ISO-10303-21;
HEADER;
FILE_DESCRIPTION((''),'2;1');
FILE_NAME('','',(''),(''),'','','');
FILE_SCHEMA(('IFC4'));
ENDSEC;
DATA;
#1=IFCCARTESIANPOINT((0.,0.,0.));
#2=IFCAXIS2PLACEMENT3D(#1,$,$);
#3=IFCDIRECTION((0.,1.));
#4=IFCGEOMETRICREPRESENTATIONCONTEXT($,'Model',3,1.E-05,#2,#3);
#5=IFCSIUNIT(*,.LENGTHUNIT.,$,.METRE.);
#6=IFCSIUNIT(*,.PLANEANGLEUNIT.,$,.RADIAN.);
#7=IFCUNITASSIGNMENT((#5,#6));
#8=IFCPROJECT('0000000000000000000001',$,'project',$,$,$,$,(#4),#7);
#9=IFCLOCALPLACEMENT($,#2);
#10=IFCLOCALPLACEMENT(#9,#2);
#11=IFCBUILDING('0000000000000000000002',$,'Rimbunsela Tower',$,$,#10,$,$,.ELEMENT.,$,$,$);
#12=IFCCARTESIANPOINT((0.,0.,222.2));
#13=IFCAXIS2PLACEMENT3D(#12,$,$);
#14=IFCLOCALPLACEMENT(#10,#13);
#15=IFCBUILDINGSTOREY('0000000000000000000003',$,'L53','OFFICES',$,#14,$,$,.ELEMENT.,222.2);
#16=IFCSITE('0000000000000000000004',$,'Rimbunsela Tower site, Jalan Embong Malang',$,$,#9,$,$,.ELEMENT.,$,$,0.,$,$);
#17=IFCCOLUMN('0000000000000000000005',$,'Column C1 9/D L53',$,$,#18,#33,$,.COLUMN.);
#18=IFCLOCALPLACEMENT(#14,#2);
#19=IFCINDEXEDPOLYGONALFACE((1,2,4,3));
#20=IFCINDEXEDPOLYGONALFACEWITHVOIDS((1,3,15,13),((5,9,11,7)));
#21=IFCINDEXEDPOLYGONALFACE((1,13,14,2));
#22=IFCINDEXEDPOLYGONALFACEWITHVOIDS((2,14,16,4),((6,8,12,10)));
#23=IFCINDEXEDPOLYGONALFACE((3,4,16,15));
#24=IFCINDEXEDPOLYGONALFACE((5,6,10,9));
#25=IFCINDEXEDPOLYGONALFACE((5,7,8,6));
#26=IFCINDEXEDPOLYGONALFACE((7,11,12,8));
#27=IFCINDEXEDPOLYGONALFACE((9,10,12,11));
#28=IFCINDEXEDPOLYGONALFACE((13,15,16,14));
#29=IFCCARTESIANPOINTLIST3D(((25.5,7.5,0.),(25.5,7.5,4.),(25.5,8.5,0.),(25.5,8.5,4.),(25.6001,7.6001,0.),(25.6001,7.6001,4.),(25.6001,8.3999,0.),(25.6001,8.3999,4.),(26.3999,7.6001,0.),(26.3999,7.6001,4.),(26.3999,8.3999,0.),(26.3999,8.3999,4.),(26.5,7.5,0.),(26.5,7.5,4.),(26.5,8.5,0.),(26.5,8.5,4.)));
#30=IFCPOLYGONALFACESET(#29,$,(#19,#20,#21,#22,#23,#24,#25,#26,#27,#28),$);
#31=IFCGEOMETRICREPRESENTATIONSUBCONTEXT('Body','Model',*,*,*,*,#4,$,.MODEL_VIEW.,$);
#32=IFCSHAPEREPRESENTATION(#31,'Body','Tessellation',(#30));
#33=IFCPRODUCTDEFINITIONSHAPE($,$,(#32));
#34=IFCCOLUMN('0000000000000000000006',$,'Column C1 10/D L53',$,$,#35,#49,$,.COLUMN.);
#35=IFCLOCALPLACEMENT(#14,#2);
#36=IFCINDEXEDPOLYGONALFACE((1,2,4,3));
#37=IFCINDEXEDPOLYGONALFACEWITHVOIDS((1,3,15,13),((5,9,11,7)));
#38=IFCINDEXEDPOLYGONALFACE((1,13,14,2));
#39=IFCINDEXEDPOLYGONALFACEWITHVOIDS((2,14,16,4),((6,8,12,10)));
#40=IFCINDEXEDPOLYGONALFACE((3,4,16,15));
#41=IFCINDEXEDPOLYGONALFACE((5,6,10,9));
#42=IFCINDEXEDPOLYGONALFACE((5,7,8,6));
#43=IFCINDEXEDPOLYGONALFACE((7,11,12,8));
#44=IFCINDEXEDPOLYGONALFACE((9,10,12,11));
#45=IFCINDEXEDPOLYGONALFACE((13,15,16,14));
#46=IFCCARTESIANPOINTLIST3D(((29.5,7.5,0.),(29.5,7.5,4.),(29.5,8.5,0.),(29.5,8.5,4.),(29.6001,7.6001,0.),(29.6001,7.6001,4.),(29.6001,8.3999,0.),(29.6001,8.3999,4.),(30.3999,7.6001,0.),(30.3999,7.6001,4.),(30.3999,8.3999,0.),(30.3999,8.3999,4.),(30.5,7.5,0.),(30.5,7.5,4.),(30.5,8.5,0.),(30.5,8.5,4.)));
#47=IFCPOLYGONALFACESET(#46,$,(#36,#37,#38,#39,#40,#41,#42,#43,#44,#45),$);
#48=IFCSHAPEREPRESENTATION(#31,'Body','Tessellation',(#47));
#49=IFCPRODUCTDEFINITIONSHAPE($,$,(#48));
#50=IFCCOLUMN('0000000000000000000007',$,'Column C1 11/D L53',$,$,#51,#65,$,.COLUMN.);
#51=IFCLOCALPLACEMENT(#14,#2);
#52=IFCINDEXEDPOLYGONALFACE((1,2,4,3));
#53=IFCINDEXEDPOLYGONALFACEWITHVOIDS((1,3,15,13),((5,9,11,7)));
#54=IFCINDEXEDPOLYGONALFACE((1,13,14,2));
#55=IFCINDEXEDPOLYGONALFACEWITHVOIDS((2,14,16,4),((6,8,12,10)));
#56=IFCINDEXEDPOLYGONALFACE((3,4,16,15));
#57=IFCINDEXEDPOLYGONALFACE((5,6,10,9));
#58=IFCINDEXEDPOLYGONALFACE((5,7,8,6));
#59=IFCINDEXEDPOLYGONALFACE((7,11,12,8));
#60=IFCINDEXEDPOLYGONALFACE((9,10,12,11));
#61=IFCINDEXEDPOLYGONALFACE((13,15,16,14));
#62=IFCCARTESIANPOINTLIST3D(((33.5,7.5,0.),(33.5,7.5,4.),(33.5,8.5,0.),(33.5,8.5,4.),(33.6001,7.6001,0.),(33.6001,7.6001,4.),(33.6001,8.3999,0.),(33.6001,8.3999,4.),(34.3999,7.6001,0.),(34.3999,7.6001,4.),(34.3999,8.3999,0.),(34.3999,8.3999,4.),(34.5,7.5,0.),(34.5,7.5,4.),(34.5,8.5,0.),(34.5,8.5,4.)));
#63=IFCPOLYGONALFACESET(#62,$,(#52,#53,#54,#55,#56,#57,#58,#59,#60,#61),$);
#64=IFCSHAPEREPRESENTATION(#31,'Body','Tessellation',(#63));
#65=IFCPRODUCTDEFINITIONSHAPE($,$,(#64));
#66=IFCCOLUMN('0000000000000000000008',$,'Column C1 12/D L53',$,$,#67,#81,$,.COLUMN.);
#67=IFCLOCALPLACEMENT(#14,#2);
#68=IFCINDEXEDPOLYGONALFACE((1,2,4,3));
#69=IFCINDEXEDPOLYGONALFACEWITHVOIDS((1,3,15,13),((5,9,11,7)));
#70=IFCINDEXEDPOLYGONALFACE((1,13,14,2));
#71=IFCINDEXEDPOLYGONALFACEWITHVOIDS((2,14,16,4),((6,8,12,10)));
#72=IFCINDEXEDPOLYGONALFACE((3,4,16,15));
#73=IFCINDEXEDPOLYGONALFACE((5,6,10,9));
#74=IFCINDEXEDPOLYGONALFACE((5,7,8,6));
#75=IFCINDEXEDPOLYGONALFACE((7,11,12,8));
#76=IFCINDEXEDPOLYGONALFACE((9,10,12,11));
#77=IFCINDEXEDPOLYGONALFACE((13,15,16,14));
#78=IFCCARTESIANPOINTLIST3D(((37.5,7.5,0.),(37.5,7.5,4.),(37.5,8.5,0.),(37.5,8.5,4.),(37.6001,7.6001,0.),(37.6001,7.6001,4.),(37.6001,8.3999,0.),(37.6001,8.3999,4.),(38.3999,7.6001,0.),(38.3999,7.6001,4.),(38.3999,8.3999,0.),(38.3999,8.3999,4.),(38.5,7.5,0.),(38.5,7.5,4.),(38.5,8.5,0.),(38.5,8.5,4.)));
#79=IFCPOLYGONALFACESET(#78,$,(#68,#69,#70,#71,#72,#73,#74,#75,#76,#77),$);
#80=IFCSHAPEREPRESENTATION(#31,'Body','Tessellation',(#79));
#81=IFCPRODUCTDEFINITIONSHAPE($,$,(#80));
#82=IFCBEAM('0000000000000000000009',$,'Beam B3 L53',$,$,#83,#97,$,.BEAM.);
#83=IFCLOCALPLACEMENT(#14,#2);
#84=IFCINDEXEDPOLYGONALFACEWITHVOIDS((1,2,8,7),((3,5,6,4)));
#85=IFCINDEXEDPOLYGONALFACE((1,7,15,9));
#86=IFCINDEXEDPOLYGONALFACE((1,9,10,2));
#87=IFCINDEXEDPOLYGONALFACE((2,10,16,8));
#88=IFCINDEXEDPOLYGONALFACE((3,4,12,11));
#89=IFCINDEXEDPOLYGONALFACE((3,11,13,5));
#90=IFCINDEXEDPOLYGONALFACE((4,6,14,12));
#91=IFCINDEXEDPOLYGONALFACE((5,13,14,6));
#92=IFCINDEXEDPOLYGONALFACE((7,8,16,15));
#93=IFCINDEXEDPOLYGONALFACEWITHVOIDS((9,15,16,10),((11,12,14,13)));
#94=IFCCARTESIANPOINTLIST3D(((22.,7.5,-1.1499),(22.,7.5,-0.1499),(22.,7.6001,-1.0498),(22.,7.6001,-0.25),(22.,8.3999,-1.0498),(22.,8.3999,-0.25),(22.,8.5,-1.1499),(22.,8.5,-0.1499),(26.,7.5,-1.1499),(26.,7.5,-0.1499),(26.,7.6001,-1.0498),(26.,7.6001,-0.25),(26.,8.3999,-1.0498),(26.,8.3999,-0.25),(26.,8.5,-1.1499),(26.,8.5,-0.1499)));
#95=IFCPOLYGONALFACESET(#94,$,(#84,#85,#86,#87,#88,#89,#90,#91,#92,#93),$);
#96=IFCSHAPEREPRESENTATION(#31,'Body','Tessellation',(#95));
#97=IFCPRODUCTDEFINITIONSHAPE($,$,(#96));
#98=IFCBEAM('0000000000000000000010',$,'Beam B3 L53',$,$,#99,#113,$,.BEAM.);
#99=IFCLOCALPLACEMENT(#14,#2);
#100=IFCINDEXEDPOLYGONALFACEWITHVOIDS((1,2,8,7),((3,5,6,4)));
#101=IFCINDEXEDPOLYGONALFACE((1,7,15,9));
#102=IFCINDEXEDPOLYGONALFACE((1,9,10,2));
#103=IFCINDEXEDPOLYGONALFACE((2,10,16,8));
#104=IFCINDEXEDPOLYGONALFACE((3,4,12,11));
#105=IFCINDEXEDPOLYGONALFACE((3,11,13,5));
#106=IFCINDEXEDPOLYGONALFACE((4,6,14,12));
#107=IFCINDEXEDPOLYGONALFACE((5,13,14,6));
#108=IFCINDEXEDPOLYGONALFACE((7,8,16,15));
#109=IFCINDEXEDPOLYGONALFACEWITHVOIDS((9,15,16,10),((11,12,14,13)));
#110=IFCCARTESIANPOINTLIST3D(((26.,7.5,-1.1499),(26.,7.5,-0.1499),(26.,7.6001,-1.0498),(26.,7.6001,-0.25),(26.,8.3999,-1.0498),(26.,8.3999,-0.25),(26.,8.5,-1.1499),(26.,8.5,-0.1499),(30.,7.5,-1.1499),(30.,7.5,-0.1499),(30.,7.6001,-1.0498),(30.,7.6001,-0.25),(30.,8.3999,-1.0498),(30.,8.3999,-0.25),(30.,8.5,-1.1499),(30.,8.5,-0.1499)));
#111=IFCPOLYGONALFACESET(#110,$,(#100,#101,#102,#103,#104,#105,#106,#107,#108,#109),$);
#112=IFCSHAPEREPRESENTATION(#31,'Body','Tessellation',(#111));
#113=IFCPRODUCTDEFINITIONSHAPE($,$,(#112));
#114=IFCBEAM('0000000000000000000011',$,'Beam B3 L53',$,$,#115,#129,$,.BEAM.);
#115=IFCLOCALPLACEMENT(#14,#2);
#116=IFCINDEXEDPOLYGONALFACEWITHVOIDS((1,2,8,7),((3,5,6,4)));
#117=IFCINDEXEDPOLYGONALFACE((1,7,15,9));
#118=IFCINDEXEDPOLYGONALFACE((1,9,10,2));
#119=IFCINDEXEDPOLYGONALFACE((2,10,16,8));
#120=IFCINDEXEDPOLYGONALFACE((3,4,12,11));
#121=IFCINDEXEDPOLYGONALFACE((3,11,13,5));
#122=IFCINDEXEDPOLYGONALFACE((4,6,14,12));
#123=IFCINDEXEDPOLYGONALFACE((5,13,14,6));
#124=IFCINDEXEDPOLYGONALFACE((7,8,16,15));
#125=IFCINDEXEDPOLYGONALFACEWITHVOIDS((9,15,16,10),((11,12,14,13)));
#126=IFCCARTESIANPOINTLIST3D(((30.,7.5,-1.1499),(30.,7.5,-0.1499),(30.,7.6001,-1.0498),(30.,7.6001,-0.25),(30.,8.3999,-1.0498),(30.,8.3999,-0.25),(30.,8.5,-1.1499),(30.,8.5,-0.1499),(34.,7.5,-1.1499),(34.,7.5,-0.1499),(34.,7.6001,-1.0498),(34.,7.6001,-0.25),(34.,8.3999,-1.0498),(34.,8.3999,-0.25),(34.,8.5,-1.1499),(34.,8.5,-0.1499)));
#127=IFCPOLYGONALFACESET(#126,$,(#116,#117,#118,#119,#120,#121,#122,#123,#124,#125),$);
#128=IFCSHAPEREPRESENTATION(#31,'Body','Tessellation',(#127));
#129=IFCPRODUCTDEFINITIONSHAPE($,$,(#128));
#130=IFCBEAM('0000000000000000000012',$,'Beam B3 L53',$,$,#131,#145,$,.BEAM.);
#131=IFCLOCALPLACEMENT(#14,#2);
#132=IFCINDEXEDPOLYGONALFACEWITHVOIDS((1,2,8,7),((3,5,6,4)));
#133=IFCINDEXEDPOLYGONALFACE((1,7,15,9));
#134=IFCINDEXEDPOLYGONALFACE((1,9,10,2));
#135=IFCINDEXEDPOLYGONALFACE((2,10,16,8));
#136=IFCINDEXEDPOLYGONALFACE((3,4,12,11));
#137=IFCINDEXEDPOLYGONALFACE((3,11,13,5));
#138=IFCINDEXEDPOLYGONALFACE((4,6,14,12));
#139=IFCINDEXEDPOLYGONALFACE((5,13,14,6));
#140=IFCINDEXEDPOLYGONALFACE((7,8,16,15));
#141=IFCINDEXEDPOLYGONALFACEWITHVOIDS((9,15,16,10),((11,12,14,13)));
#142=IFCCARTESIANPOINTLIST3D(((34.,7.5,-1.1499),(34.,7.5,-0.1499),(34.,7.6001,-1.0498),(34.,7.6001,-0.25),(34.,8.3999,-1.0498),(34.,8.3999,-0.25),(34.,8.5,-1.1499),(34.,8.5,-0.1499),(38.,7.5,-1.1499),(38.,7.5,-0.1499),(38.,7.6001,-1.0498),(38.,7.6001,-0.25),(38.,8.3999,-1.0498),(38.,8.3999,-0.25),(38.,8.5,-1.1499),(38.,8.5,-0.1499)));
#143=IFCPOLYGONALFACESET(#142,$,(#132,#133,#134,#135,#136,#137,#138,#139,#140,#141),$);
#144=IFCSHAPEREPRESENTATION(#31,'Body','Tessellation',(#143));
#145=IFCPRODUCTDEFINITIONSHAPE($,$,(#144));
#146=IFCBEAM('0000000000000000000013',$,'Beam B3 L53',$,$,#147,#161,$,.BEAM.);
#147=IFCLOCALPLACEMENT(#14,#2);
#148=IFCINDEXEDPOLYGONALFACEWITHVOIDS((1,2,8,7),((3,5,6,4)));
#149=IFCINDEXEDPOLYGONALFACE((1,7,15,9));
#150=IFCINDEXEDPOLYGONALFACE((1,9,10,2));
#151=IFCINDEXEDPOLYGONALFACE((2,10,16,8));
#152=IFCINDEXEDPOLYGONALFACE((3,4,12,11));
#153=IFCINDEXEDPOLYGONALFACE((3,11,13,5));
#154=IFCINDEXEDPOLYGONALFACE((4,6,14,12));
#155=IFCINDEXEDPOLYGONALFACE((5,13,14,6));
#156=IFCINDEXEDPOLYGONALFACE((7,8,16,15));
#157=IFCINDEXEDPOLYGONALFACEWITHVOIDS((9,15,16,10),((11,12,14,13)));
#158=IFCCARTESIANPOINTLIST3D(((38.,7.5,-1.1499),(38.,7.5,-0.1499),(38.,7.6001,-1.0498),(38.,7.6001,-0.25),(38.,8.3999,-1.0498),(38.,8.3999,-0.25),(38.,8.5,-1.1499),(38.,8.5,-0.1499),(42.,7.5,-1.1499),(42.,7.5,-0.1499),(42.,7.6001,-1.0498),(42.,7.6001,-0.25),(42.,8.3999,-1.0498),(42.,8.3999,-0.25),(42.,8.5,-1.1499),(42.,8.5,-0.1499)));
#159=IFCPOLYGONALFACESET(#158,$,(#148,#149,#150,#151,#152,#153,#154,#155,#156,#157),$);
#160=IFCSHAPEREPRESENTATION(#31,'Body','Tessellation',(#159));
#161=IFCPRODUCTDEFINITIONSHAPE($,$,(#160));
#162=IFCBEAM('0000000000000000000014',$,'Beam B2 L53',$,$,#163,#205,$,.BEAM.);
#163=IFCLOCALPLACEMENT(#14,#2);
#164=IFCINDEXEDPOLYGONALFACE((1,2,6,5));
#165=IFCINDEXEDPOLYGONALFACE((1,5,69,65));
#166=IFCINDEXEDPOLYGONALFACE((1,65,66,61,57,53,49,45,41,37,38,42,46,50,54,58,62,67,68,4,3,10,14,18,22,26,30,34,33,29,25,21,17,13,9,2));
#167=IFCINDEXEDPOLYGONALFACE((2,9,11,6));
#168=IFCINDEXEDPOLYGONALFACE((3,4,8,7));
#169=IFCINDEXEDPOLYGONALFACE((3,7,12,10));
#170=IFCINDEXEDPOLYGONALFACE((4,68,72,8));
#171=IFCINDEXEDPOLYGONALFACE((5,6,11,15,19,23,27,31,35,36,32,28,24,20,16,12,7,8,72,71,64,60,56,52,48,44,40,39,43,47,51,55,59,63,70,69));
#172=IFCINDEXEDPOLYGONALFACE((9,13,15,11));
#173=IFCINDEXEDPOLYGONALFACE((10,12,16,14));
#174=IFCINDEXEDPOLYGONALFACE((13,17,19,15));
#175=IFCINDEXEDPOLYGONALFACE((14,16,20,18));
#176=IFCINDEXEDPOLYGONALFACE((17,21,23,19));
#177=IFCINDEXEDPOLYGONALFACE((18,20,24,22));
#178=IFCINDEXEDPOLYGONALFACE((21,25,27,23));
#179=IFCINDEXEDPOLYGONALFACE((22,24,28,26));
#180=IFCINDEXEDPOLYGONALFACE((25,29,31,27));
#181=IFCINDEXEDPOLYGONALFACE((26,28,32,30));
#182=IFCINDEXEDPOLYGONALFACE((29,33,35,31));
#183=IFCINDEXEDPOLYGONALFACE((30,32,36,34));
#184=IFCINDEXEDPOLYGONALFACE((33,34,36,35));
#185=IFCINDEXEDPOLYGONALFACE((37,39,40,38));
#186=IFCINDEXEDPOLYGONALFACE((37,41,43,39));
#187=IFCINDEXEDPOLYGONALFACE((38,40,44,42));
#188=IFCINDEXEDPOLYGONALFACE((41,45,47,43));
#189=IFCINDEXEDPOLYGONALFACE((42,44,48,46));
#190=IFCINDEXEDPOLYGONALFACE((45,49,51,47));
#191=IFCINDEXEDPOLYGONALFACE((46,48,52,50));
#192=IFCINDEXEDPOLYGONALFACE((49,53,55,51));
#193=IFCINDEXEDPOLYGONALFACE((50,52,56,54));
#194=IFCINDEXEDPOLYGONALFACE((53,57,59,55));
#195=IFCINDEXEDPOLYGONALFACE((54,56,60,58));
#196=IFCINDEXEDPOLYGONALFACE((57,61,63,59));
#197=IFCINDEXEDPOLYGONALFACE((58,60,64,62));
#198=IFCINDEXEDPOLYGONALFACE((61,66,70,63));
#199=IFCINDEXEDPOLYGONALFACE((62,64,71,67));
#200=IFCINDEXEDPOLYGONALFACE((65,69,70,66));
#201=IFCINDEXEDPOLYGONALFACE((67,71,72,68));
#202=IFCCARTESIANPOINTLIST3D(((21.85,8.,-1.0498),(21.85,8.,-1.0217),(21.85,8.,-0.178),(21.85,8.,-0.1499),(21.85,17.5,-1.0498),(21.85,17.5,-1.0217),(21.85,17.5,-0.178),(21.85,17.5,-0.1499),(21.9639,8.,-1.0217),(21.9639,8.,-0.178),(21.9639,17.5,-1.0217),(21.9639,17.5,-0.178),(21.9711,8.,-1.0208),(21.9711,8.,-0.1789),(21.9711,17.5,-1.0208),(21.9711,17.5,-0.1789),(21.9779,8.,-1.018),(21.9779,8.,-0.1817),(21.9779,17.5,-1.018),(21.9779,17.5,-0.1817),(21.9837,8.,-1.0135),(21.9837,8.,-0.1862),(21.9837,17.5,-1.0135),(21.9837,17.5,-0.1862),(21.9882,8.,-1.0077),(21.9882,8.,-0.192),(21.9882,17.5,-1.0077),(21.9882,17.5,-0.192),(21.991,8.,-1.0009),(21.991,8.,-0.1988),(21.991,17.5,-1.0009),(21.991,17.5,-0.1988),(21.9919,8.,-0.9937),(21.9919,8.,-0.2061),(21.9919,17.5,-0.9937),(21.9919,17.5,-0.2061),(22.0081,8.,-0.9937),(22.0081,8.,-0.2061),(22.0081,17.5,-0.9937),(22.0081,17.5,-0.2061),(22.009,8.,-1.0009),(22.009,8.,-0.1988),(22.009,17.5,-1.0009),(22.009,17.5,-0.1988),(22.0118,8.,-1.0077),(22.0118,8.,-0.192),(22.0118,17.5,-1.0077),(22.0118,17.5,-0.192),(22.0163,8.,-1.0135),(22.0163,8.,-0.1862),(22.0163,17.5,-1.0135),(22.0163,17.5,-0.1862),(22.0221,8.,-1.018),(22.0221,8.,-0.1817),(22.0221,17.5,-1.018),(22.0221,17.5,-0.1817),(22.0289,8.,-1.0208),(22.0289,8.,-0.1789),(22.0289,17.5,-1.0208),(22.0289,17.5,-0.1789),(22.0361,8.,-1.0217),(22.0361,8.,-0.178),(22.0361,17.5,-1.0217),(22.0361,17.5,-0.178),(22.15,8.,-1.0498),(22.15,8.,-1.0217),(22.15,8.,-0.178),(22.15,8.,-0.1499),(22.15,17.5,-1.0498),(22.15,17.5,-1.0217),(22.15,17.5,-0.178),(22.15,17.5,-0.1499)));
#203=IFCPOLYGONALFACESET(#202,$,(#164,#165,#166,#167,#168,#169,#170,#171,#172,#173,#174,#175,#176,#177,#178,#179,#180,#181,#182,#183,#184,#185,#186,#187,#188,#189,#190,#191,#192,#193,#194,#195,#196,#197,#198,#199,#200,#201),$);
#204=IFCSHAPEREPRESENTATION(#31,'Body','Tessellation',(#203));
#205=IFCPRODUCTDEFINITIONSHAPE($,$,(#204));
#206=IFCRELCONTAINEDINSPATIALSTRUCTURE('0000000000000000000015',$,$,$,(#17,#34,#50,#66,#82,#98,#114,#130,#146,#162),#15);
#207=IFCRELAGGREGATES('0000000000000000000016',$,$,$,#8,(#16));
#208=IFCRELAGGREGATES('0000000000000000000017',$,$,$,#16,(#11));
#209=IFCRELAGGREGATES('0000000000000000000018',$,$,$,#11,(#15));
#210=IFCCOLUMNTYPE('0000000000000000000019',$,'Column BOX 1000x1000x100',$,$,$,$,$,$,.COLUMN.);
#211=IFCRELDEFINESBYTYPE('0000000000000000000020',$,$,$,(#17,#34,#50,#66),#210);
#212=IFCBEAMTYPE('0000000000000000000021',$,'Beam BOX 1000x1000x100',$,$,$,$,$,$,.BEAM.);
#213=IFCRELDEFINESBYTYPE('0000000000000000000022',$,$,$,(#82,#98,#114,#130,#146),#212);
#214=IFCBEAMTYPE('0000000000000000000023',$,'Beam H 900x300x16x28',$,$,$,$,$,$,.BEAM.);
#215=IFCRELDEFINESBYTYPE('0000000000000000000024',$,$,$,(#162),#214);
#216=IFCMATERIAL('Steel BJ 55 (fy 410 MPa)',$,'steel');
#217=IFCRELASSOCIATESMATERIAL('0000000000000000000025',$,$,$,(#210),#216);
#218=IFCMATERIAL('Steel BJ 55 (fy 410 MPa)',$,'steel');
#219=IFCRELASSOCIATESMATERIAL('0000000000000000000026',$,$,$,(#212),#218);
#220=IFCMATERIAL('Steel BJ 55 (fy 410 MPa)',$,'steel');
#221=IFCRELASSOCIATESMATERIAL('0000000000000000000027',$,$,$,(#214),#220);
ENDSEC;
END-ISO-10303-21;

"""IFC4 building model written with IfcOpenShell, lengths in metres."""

from ifc_helpers import new_model, si_unit, direction, frame, origin, origin_2d, place, context, subcontext, project, spatial, hollow_rectangle, i_section, extrude, material, material_profile, profile_set, type_object, element, save


model = new_model("IFC4")

# Units and contexts
model_context = context("Model", 3, precision=1e-05, world=origin(), true_north=direction((0.0, 1.0)))
body_context = subcontext(model_context, "Body", "Model", "MODEL_VIEW")
ifc_project = project(units=[si_unit("LENGTHUNIT", "METRE"), si_unit("PLANEANGLEUNIT", "RADIAN")], contexts=[model_context])

# Site, building, storey
site_placement = place(None, origin())
site = spatial("IfcSite", under=ifc_project, at=site_placement, Name="Rimbunsela Tower site, Jalan Embong Malang", CompositionType="ELEMENT", RefElevation=0.0)
building_placement = place(site_placement, origin())
building = spatial("IfcBuilding", under=site, at=building_placement, Name="Rimbunsela Tower", CompositionType="ELEMENT")
storey_placement = place(building_placement, frame((0.0, 0.0, 222.2)))
storey = spatial("IfcBuildingStorey", under=building, at=storey_placement, Name="L53", Description="OFFICES", CompositionType="ELEMENT", Elevation=222.2)

# Columns
ifc_material_1 = material(Name="Steel BJ 55 (fy 410 MPa)", Category="steel")
ifc_material_profile_1 = material_profile(ifc_material_1, hollow_rectangle(XDim=1.0, YDim=1.0, WallThickness=0.1001, at=origin_2d()), Name="BOX 1000x1000x100")
ifc_profile_set_1 = profile_set([ifc_material_profile_1], Name="Steel BJ 55 (fy 410 MPa)")
column_type = type_object("IfcColumnType", Name="Column BOX 1000x1000x100", PredefinedType="COLUMN", material=ifc_profile_set_1)
for number, where, z_axis, x_axis, name in (
    (1, (26.0, 8.0, 0.0), (0.0, 0.0, 1.0), (1.0, 0.0, 0.0), "Column C1 9/D L53"),
    (2, (30.0, 8.0, 0.0), (0.0, 0.0, 1.0), (1.0, 0.0, 0.0), "Column C1 10/D L53"),
    (3, (34.0, 8.0, 0.0), (0.0, 0.0, 1.0), (1.0, 0.0, 0.0), "Column C1 11/D L53"),
    (4, (38.0, 8.0, 0.0), (0.0, 0.0, 1.0), (1.0, 0.0, 0.0), "Column C1 12/D L53"),
):
    element("IfcColumn", number, at=place(storey_placement, frame(where, z_axis=z_axis, x_axis=x_axis)), inside=storey, type_object=column_type, Name=name, PredefinedType="COLUMN", context=body_context, shape_type="SweptSolid", body=[
        extrude(hollow_rectangle(XDim=1.0, YDim=1.0, WallThickness=0.1001, at=origin_2d()), origin(), (0.0, 0.0, 1.0), 4.0),
    ])

# Beams
ifc_material_2 = material(Name="Steel BJ 55 (fy 410 MPa)", Category="steel")
ifc_material_profile_2 = material_profile(ifc_material_2, hollow_rectangle(XDim=1.0, YDim=1.0, WallThickness=0.1001, at=origin_2d()), Name="BOX 1000x1000x100")
ifc_profile_set_2 = profile_set([ifc_material_profile_2], Name="Steel BJ 55 (fy 410 MPa)")
beam_type_1 = type_object("IfcBeamType", Name="Beam BOX 1000x1000x100", PredefinedType="BEAM", material=ifc_profile_set_2)
for number, where, z_axis, x_axis, name in (
    (5, (22.0, 8.0, -0.6499), (1.0, 0.0, 0.0), (0.0, 1.0, 0.0), "Beam B3 L53"),
    (6, (26.0, 8.0, -0.6499), (1.0, 0.0, 0.0), (0.0, 1.0, 0.0), "Beam B3 L53"),
    (7, (30.0, 8.0, -0.6499), (1.0, 0.0, 0.0), (0.0, 1.0, 0.0), "Beam B3 L53"),
    (8, (34.0, 8.0, -0.6499), (1.0, 0.0, 0.0), (0.0, 1.0, 0.0), "Beam B3 L53"),
    (9, (38.0, 8.0, -0.6499), (1.0, 0.0, 0.0), (0.0, 1.0, 0.0), "Beam B3 L53"),
):
    element("IfcBeam", number, at=place(storey_placement, frame(where, z_axis=z_axis, x_axis=x_axis)), inside=storey, type_object=beam_type_1, Name=name, PredefinedType="BEAM", context=body_context, shape_type="SweptSolid", body=[
        extrude(hollow_rectangle(XDim=1.0, YDim=1.0, WallThickness=0.1001, at=origin_2d()), origin(), (0.0, 0.0, 1.0), 4.0),
    ])
ifc_material_3 = material(Name="Steel BJ 55 (fy 410 MPa)", Category="steel")
ifc_material_profile_3 = material_profile(ifc_material_3, i_section(OverallWidth=0.3, OverallDepth=0.8999, WebThickness=0.0161, FlangeThickness=0.0281, FilletRadius=0.0281, at=origin_2d()), Name="H 900x300x16x28")
ifc_profile_set_3 = profile_set([ifc_material_profile_3], Name="Steel BJ 55 (fy 410 MPa)")
beam_type_2 = type_object("IfcBeamType", Name="Beam H 900x300x16x28", PredefinedType="BEAM", material=ifc_profile_set_3)
for number, where, z_axis, x_axis, name in (
    (10, (22.0, 8.0, -0.5999), (0.0, 1.0, 0.0), (-1.0, 0.0, 0.0), "Beam B2 L53"),
):
    element("IfcBeam", number, at=place(storey_placement, frame(where, z_axis=z_axis, x_axis=x_axis)), inside=storey, type_object=beam_type_2, Name=name, PredefinedType="BEAM", context=body_context, shape_type="SweptSolid", body=[
        extrude(i_section(OverallWidth=0.3, OverallDepth=0.8999, WebThickness=0.0161, FlangeThickness=0.0281, FilletRadius=0.0281, at=origin_2d()), origin(), (0.0, 0.0, 1.0), 9.5),
    ])

save(model, "model.ifc")
